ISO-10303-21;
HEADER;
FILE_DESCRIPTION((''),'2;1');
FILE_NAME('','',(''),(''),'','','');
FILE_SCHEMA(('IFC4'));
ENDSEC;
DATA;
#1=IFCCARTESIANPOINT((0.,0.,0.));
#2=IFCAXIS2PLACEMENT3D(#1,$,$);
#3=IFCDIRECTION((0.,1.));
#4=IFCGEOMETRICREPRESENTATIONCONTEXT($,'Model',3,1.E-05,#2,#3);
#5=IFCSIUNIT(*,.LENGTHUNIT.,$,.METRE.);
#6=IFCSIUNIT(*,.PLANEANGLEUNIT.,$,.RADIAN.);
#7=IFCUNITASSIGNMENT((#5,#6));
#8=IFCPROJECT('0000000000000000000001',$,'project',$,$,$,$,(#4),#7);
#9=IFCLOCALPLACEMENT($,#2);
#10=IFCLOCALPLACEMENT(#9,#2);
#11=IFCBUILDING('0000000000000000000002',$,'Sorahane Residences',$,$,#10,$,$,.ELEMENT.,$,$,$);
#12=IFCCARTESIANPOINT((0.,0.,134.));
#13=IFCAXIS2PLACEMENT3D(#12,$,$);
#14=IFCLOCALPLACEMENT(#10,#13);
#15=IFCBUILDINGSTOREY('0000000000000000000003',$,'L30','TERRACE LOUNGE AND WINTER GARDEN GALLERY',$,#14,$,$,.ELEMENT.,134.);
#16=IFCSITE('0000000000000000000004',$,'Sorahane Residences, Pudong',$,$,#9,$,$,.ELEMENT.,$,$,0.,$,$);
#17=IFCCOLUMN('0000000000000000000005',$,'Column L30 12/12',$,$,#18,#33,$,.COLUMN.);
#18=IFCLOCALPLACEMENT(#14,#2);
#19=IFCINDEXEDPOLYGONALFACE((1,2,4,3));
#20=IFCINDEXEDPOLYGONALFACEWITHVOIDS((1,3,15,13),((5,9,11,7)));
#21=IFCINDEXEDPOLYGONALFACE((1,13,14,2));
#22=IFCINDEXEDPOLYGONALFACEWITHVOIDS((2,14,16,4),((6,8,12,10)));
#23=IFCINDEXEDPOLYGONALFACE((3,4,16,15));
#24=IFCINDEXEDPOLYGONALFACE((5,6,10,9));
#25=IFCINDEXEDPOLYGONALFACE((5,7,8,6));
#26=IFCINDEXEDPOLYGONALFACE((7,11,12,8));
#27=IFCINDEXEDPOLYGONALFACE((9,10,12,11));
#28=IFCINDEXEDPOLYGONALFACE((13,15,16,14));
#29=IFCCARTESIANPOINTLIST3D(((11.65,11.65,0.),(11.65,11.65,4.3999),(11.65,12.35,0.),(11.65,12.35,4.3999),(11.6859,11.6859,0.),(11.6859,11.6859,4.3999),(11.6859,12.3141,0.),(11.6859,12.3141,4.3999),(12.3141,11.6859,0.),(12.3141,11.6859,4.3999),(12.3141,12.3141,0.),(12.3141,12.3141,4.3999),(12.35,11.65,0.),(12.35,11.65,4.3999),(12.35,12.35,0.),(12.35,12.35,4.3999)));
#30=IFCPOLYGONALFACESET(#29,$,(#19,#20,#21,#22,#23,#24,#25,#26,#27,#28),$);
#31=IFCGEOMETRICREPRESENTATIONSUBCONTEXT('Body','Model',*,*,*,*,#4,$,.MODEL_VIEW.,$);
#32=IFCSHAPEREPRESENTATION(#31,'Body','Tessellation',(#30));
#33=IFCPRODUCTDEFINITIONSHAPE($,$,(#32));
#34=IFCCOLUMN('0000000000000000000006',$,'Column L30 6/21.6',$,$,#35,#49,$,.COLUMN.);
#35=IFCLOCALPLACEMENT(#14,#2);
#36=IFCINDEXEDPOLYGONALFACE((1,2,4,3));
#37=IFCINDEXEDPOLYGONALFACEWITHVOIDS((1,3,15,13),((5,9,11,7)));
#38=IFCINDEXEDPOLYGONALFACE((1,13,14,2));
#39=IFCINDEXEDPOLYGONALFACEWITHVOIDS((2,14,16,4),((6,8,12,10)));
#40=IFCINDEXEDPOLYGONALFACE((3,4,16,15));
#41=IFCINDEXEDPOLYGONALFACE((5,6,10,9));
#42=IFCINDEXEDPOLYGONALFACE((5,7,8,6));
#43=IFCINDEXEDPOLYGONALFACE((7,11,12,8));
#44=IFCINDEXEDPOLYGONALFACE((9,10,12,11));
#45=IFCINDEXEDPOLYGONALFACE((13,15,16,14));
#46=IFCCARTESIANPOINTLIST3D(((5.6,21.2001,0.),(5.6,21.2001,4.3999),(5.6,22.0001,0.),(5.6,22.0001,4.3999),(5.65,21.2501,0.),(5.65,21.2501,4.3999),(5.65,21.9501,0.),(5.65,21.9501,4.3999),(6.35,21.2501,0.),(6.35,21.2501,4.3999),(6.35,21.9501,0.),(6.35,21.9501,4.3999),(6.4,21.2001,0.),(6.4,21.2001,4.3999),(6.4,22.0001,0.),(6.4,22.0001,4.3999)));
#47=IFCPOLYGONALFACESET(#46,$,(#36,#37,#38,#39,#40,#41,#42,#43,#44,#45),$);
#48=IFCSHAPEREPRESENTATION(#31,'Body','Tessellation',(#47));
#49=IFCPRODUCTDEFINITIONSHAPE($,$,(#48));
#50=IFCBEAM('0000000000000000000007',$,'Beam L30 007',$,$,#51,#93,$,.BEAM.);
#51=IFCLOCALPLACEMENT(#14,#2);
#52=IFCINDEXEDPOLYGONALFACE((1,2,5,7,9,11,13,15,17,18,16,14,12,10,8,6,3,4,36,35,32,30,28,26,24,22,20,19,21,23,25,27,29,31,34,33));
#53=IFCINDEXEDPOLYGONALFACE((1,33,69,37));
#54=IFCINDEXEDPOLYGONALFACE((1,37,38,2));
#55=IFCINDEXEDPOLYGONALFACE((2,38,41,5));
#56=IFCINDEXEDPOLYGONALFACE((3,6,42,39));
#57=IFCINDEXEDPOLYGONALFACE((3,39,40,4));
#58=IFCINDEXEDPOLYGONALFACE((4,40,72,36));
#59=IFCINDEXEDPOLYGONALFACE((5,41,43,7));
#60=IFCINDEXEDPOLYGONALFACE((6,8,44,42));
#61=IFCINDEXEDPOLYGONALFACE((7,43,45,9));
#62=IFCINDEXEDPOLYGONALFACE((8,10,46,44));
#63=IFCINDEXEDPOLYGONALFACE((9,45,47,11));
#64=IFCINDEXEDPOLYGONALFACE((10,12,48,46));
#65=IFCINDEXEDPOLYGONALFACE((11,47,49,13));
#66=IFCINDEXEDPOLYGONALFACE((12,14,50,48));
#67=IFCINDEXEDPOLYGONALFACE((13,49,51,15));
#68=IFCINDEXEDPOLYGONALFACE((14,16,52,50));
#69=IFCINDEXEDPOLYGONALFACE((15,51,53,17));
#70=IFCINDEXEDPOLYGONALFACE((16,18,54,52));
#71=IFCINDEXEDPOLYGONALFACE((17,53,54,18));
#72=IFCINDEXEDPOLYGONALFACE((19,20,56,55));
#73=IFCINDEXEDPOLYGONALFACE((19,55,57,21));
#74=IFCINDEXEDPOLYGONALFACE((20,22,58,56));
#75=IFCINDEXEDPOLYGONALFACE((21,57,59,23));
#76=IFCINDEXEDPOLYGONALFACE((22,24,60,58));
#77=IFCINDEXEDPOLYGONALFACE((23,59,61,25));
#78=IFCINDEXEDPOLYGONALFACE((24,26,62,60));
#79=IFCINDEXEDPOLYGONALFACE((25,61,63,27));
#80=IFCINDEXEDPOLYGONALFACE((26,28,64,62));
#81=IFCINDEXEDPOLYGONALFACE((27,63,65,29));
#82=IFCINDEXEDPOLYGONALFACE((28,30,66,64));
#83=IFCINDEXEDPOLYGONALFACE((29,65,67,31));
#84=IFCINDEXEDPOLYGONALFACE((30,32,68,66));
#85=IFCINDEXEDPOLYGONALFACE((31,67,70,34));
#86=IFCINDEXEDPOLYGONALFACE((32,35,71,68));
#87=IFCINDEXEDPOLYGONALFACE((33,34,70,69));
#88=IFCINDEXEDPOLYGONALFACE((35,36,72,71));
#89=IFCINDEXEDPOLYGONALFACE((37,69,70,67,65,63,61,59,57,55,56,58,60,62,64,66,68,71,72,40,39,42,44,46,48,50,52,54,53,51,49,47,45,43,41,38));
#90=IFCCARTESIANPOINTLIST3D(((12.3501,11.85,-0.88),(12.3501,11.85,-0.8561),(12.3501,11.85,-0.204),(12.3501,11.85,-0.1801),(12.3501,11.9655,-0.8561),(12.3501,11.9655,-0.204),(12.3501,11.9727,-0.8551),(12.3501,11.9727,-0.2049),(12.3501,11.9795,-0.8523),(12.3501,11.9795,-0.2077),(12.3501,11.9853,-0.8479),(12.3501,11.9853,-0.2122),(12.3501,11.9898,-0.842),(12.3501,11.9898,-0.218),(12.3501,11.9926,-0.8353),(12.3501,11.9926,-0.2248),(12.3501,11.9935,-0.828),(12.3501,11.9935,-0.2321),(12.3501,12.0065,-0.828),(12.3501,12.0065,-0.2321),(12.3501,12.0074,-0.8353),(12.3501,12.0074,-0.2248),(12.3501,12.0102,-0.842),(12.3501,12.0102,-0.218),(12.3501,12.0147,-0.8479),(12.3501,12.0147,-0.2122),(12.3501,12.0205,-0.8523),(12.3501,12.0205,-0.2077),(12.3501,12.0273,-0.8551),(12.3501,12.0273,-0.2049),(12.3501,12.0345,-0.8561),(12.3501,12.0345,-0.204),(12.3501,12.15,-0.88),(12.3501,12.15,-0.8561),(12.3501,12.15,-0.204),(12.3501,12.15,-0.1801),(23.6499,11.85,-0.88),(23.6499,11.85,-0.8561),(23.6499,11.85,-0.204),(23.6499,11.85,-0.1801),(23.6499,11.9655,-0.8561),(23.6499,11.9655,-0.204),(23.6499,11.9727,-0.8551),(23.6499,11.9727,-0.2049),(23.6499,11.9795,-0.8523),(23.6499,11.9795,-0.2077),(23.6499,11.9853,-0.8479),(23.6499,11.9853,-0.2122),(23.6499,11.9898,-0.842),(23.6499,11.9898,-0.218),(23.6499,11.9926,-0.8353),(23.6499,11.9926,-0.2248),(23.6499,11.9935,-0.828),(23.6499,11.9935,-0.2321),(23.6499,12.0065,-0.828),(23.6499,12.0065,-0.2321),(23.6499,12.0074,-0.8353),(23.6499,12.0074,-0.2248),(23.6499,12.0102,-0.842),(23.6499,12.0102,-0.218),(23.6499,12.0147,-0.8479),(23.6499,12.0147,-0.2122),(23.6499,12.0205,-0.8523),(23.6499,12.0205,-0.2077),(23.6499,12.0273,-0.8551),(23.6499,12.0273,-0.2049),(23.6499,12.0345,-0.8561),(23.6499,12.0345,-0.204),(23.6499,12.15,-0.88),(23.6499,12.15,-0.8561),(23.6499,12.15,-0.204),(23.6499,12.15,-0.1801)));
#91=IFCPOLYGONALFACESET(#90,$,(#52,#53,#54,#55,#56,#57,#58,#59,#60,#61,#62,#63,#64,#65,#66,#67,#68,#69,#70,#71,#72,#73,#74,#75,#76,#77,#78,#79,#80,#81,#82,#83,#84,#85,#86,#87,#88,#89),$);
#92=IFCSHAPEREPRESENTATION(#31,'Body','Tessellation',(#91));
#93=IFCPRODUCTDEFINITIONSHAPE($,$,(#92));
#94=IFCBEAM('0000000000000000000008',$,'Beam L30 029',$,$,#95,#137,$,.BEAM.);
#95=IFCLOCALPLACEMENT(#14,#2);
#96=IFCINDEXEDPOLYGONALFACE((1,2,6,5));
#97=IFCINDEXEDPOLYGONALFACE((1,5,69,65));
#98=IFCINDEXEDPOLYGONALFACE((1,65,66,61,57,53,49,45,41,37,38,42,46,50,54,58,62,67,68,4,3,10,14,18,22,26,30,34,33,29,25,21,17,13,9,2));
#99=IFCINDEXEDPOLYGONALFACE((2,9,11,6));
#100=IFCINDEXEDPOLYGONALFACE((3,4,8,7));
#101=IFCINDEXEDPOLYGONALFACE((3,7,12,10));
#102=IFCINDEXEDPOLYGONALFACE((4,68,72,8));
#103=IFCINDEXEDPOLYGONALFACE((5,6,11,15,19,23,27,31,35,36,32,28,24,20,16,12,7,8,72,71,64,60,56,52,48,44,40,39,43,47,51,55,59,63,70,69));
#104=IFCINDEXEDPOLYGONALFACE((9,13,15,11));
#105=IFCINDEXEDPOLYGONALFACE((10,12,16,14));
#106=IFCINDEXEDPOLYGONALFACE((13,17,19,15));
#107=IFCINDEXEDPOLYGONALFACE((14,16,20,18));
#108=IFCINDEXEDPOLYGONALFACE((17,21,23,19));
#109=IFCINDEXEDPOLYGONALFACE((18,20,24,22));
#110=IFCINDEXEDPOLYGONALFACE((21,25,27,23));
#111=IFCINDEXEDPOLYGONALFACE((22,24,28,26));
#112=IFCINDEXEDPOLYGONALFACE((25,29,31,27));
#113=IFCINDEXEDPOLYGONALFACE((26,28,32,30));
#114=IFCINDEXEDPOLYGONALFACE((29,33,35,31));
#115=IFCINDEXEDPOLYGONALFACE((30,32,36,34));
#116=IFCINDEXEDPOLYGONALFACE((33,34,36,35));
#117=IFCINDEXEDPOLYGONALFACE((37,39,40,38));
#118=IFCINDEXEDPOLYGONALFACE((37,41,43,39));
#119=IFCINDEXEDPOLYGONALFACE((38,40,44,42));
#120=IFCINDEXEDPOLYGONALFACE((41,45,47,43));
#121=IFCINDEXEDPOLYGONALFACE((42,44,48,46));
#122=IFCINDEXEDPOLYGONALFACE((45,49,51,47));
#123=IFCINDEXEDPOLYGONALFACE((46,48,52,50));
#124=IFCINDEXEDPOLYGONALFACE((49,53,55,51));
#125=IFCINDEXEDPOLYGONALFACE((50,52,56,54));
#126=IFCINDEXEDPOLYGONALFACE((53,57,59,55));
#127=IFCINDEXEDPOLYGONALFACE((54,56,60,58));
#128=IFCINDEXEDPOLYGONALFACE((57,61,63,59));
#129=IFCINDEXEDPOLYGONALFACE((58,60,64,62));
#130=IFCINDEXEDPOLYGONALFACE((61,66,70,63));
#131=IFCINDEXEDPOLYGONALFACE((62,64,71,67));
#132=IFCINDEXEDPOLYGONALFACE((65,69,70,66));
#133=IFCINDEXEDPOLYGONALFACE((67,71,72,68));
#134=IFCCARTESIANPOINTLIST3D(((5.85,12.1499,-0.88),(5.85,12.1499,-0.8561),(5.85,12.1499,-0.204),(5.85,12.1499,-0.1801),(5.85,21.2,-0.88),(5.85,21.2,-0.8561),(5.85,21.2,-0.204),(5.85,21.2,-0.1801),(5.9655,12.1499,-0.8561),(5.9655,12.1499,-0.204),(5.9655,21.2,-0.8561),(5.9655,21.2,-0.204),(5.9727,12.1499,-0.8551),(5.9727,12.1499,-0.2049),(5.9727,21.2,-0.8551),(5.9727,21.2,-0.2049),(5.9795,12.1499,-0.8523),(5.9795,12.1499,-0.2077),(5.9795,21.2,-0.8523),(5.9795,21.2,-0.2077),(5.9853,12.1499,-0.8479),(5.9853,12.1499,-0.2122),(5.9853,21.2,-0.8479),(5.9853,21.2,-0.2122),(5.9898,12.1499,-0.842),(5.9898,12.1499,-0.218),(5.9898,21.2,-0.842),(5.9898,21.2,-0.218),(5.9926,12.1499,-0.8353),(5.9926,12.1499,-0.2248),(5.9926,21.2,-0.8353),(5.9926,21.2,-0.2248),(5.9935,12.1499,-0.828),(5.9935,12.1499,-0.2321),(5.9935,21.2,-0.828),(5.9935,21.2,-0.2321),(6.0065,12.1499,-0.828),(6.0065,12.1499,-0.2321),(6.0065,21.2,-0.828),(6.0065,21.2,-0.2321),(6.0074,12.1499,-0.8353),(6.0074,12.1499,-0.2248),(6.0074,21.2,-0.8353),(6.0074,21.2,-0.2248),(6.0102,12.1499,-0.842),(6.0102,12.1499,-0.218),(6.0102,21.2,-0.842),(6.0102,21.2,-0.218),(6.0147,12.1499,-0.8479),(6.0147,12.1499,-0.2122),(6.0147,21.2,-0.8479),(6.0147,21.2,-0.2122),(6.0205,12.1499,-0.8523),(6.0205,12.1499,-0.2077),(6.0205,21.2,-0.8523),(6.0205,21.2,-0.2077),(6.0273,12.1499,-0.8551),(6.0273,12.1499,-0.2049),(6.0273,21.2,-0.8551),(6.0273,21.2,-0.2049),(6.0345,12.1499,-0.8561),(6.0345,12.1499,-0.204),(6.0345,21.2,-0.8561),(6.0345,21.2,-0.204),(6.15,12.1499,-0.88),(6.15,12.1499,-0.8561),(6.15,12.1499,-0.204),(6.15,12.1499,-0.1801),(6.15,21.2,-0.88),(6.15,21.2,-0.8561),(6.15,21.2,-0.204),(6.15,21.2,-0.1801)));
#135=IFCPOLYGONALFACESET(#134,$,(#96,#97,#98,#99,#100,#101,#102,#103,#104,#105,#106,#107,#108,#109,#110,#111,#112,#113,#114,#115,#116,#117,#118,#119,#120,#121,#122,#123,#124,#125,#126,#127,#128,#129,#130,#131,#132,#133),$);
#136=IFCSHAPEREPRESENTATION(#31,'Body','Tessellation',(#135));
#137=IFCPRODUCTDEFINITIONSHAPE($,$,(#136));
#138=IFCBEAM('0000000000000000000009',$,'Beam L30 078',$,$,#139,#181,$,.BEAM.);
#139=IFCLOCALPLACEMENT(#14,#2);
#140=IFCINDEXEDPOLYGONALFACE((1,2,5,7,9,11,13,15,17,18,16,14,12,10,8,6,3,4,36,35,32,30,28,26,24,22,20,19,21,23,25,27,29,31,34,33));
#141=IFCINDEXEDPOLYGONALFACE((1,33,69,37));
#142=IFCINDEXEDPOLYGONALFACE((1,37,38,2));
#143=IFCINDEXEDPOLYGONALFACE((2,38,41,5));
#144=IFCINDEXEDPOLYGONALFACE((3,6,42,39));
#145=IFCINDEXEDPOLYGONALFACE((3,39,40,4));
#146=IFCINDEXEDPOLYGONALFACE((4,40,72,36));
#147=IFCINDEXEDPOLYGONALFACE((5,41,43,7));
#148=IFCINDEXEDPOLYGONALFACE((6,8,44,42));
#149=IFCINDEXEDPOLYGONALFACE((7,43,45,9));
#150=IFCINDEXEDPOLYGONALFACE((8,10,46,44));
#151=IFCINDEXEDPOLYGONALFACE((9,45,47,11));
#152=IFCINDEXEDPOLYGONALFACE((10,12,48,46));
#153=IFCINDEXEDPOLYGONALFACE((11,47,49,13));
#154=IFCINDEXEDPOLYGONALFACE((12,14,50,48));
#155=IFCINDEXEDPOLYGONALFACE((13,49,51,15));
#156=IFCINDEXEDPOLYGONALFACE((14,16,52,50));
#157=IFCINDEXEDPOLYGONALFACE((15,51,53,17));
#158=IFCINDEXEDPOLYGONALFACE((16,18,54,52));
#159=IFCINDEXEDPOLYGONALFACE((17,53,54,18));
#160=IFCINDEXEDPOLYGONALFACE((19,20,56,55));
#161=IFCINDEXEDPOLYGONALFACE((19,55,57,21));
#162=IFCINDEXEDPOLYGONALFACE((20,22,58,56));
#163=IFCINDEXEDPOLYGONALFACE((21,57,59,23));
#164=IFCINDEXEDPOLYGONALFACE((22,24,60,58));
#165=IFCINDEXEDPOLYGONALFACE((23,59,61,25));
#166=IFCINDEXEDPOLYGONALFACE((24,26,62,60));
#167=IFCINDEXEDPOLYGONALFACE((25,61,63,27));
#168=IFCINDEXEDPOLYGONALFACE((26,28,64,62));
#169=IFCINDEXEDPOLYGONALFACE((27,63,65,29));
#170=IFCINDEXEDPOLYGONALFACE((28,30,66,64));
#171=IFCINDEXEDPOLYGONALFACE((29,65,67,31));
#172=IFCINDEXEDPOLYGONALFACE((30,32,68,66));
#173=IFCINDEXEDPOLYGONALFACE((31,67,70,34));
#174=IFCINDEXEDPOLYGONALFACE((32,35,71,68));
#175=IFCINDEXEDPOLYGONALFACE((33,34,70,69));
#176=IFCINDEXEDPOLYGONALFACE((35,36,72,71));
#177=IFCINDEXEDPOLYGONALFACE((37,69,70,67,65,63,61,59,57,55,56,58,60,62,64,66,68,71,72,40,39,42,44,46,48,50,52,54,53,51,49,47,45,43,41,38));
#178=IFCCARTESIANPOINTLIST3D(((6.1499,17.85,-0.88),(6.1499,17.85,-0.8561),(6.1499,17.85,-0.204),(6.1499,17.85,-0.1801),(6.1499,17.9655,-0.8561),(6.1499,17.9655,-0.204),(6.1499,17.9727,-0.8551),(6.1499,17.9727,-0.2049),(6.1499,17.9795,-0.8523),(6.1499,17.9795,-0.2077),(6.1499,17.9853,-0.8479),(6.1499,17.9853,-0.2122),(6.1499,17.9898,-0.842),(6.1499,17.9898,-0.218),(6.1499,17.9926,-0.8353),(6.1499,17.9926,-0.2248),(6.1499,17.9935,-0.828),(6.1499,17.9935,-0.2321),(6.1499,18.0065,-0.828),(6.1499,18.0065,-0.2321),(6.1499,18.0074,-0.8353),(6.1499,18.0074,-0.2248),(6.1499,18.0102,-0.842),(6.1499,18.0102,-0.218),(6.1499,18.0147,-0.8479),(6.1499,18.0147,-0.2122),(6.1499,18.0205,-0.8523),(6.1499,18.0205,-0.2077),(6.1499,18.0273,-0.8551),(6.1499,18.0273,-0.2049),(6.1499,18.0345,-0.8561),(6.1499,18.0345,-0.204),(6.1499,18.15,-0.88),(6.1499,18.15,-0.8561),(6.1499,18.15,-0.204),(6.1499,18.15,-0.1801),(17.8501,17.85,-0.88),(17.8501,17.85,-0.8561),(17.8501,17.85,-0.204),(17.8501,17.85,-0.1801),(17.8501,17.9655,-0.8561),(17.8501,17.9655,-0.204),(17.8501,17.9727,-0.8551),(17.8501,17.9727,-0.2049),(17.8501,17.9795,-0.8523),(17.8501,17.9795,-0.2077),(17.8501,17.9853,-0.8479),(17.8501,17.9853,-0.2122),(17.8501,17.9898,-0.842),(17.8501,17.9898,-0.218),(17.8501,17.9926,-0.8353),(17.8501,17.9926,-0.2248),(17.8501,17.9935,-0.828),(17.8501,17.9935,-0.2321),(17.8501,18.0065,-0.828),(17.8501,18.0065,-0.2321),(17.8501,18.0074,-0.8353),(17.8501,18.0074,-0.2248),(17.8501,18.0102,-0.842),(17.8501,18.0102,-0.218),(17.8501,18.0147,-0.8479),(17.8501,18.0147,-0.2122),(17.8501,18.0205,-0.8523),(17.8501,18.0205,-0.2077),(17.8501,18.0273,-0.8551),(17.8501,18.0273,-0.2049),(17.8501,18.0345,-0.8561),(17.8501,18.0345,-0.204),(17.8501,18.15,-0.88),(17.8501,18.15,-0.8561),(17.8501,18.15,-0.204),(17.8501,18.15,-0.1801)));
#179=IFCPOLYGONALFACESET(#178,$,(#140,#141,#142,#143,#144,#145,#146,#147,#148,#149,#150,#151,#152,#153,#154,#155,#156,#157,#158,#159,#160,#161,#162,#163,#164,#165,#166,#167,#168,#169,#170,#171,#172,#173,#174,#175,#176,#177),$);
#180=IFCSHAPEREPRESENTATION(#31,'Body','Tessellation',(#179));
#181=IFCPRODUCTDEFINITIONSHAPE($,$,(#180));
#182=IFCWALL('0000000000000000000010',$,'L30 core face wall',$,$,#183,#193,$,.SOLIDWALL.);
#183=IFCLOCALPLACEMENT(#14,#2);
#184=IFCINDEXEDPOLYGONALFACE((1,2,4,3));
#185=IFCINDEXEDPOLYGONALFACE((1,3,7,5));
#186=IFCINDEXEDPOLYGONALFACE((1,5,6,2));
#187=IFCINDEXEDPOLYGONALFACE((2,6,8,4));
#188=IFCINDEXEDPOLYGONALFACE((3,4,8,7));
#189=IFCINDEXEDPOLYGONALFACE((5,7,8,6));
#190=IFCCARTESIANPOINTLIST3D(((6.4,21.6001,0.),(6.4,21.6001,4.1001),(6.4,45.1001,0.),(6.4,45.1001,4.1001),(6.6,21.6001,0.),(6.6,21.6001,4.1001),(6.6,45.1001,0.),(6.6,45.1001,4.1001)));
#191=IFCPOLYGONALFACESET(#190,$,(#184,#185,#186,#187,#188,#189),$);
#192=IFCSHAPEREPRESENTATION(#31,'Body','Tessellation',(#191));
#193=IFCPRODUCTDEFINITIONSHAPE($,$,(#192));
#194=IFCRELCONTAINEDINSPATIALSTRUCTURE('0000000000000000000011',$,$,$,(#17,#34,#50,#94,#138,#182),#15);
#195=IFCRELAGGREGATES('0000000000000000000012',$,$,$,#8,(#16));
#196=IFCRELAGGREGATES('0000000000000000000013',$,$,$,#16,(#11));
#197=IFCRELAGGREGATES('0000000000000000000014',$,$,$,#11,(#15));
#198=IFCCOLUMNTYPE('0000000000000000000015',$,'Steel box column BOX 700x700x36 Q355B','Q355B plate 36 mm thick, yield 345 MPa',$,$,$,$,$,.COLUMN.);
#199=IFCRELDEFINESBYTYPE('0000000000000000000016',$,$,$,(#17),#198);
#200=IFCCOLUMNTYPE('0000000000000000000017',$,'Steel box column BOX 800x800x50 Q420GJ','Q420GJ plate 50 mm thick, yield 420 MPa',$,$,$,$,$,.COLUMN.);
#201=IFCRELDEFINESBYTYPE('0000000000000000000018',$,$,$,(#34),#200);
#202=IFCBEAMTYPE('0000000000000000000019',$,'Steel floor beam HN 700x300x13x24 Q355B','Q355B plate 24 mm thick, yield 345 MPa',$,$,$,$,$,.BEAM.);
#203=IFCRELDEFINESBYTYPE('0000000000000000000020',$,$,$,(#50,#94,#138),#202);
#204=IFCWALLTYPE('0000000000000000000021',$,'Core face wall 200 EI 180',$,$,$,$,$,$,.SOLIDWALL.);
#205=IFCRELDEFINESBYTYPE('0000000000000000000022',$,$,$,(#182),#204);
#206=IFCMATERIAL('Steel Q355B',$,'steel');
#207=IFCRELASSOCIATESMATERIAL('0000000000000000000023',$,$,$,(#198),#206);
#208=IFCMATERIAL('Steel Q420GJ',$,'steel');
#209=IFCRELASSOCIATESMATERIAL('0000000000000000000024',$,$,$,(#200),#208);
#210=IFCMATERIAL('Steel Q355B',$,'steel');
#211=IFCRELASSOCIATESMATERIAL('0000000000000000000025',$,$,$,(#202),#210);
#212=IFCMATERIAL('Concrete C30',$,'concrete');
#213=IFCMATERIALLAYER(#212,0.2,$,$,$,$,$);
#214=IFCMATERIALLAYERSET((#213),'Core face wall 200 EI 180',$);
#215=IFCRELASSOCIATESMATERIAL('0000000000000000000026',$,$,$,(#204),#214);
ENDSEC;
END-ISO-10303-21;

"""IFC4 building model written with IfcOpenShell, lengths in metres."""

from ifc_helpers import new_model, si_unit, direction, frame, frame_2d, origin, origin_2d, place, context, subcontext, project, spatial, rectangle, hollow_rectangle, i_section, extrude, material, layer, layer_set, material_profile, profile_set, type_object, element, save


model = new_model("IFC4")

# Units and contexts
model_context = context("Model", 3, precision=1e-05, world=origin(), true_north=direction((0.0, 1.0)))
body_context = subcontext(model_context, "Body", "Model", "MODEL_VIEW")
ifc_project = project(units=[si_unit("LENGTHUNIT", "METRE"), si_unit("PLANEANGLEUNIT", "RADIAN")], contexts=[model_context])

# Site, building, storey
site_placement = place(None, origin())
site = spatial("IfcSite", under=ifc_project, at=site_placement, Name="Sorahane Residences, Pudong", CompositionType="ELEMENT", RefElevation=0.0)
building_placement = place(site_placement, origin())
building = spatial("IfcBuilding", under=site, at=building_placement, Name="Sorahane Residences", CompositionType="ELEMENT")
storey_placement = place(building_placement, frame((0.0, 0.0, 134.0)))
storey = spatial("IfcBuildingStorey", under=building, at=storey_placement, Name="L30", Description="TERRACE LOUNGE AND WINTER GARDEN GALLERY", CompositionType="ELEMENT", Elevation=134.0)

# Columns
ifc_material_1 = material(Name="Steel Q355B", Category="steel")
ifc_material_profile_1 = material_profile(ifc_material_1, hollow_rectangle(XDim=0.7, YDim=0.7, WallThickness=0.0359, at=origin_2d()), Name="BOX 700x700x36")
ifc_profile_set_1 = profile_set([ifc_material_profile_1], Name="Steel Q355B")
column_type_1 = type_object("IfcColumnType", Name="Steel box column BOX 700x700x36 Q355B", Description="Q355B plate 36 mm thick, yield 345 MPa", PredefinedType="COLUMN", material=ifc_profile_set_1)
column_1_placement = place(storey_placement, frame((12.0, 12.0, 0.0), z_axis=(0.0, 0.0, 1.0), x_axis=(1.0, 0.0, 0.0)))
element("IfcColumn", 1, at=column_1_placement, inside=storey, type_object=column_type_1, Name="Column L30 12/12", PredefinedType="COLUMN", context=body_context, shape_type="SweptSolid", body=[
    extrude(hollow_rectangle(XDim=0.7, YDim=0.7, WallThickness=0.0359, at=origin_2d()), origin(), (0.0, 0.0, 1.0), 4.3999),
])
ifc_material_2 = material(Name="Steel Q420GJ", Category="steel")
ifc_material_profile_2 = material_profile(ifc_material_2, hollow_rectangle(XDim=0.8, YDim=0.8, WallThickness=0.05, at=origin_2d()), Name="BOX 800x800x50")
ifc_profile_set_2 = profile_set([ifc_material_profile_2], Name="Steel Q420GJ")
column_type_2 = type_object("IfcColumnType", Name="Steel box column BOX 800x800x50 Q420GJ", Description="Q420GJ plate 50 mm thick, yield 420 MPa", PredefinedType="COLUMN", material=ifc_profile_set_2)
column_2_placement = place(storey_placement, frame((6.0, 21.6001, 0.0), z_axis=(0.0, 0.0, 1.0), x_axis=(1.0, 0.0, 0.0)))
element("IfcColumn", 2, at=column_2_placement, inside=storey, type_object=column_type_2, Name="Column L30 6/21.6", PredefinedType="COLUMN", context=body_context, shape_type="SweptSolid", body=[
    extrude(hollow_rectangle(XDim=0.8, YDim=0.8, WallThickness=0.05, at=origin_2d()), origin(), (0.0, 0.0, 1.0), 4.3999),
])

# Beams
ifc_material_3 = material(Name="Steel Q355B", Category="steel")
ifc_material_profile_3 = material_profile(ifc_material_3, i_section(OverallWidth=0.3, OverallDepth=0.7, WebThickness=0.0129, FlangeThickness=0.0239, FilletRadius=0.0281, at=origin_2d()), Name="HN 700x300x13x24")
ifc_profile_set_3 = profile_set([ifc_material_profile_3], Name="Steel Q355B")
beam_type = type_object("IfcBeamType", Name="Steel floor beam HN 700x300x13x24 Q355B", Description="Q355B plate 24 mm thick, yield 345 MPa", PredefinedType="BEAM", material=ifc_profile_set_3)
beam_1_placement = place(storey_placement, frame((12.3501, 12.0, -0.53), z_axis=(1.0, 0.0, 0.0), x_axis=(0.0, 1.0, 0.0)))
element("IfcBeam", 3, at=beam_1_placement, inside=storey, type_object=beam_type, Name="Beam L30 007", PredefinedType="BEAM", context=body_context, shape_type="SweptSolid", body=[
    extrude(i_section(OverallWidth=0.3, OverallDepth=0.7, WebThickness=0.0129, FlangeThickness=0.0239, FilletRadius=0.0281, at=origin_2d()), origin(), (0.0, 0.0, 1.0), 11.2998),
])
beam_2_placement = place(storey_placement, frame((6.0, 12.1499, -0.53), z_axis=(0.0, 1.0, 0.0), x_axis=(-1.0, 0.0, 0.0)))
element("IfcBeam", 4, at=beam_2_placement, inside=storey, type_object=beam_type, Name="Beam L30 029", PredefinedType="BEAM", context=body_context, shape_type="SweptSolid", body=[
    extrude(i_section(OverallWidth=0.3, OverallDepth=0.7, WebThickness=0.0129, FlangeThickness=0.0239, FilletRadius=0.0281, at=origin_2d()), origin(), (0.0, 0.0, 1.0), 9.05),
])
beam_3_placement = place(storey_placement, frame((6.1499, 18.0, -0.53), z_axis=(1.0, 0.0, 0.0), x_axis=(0.0, 1.0, 0.0)))
element("IfcBeam", 5, at=beam_3_placement, inside=storey, type_object=beam_type, Name="Beam L30 078", PredefinedType="BEAM", context=body_context, shape_type="SweptSolid", body=[
    extrude(i_section(OverallWidth=0.3, OverallDepth=0.7, WebThickness=0.0129, FlangeThickness=0.0239, FilletRadius=0.0281, at=origin_2d()), origin(), (0.0, 0.0, 1.0), 11.7002),
])

# Wall
ifc_material_4 = material(Name="Concrete C30", Category="concrete")
ifc_layer_1 = layer(ifc_material_4, 0.2)
ifc_layer_set_1 = layer_set([ifc_layer_1], Name="Core face wall 200 EI 180")
wall_type_1 = type_object("IfcWallType", Name="Core face wall 200 EI 180", PredefinedType="SOLIDWALL", material=ifc_layer_set_1)
wall_1_placement = place(storey_placement, frame((6.5, 21.6001, 0.0), z_axis=(0.0, 0.0, 1.0), x_axis=(0.0, 1.0, 0.0)))
element("IfcWall", 6, at=wall_1_placement, inside=storey, type_object=wall_type_1, Name="L30 core face wall", PredefinedType="SOLIDWALL", context=body_context, shape_type="SweptSolid", body=[
    extrude(rectangle(XDim=23.5, YDim=0.2, at=frame_2d((11.75, 0.0))), origin(), (0.0, 0.0, 1.0), 4.1001),
])

save(model, "model.ifc")
